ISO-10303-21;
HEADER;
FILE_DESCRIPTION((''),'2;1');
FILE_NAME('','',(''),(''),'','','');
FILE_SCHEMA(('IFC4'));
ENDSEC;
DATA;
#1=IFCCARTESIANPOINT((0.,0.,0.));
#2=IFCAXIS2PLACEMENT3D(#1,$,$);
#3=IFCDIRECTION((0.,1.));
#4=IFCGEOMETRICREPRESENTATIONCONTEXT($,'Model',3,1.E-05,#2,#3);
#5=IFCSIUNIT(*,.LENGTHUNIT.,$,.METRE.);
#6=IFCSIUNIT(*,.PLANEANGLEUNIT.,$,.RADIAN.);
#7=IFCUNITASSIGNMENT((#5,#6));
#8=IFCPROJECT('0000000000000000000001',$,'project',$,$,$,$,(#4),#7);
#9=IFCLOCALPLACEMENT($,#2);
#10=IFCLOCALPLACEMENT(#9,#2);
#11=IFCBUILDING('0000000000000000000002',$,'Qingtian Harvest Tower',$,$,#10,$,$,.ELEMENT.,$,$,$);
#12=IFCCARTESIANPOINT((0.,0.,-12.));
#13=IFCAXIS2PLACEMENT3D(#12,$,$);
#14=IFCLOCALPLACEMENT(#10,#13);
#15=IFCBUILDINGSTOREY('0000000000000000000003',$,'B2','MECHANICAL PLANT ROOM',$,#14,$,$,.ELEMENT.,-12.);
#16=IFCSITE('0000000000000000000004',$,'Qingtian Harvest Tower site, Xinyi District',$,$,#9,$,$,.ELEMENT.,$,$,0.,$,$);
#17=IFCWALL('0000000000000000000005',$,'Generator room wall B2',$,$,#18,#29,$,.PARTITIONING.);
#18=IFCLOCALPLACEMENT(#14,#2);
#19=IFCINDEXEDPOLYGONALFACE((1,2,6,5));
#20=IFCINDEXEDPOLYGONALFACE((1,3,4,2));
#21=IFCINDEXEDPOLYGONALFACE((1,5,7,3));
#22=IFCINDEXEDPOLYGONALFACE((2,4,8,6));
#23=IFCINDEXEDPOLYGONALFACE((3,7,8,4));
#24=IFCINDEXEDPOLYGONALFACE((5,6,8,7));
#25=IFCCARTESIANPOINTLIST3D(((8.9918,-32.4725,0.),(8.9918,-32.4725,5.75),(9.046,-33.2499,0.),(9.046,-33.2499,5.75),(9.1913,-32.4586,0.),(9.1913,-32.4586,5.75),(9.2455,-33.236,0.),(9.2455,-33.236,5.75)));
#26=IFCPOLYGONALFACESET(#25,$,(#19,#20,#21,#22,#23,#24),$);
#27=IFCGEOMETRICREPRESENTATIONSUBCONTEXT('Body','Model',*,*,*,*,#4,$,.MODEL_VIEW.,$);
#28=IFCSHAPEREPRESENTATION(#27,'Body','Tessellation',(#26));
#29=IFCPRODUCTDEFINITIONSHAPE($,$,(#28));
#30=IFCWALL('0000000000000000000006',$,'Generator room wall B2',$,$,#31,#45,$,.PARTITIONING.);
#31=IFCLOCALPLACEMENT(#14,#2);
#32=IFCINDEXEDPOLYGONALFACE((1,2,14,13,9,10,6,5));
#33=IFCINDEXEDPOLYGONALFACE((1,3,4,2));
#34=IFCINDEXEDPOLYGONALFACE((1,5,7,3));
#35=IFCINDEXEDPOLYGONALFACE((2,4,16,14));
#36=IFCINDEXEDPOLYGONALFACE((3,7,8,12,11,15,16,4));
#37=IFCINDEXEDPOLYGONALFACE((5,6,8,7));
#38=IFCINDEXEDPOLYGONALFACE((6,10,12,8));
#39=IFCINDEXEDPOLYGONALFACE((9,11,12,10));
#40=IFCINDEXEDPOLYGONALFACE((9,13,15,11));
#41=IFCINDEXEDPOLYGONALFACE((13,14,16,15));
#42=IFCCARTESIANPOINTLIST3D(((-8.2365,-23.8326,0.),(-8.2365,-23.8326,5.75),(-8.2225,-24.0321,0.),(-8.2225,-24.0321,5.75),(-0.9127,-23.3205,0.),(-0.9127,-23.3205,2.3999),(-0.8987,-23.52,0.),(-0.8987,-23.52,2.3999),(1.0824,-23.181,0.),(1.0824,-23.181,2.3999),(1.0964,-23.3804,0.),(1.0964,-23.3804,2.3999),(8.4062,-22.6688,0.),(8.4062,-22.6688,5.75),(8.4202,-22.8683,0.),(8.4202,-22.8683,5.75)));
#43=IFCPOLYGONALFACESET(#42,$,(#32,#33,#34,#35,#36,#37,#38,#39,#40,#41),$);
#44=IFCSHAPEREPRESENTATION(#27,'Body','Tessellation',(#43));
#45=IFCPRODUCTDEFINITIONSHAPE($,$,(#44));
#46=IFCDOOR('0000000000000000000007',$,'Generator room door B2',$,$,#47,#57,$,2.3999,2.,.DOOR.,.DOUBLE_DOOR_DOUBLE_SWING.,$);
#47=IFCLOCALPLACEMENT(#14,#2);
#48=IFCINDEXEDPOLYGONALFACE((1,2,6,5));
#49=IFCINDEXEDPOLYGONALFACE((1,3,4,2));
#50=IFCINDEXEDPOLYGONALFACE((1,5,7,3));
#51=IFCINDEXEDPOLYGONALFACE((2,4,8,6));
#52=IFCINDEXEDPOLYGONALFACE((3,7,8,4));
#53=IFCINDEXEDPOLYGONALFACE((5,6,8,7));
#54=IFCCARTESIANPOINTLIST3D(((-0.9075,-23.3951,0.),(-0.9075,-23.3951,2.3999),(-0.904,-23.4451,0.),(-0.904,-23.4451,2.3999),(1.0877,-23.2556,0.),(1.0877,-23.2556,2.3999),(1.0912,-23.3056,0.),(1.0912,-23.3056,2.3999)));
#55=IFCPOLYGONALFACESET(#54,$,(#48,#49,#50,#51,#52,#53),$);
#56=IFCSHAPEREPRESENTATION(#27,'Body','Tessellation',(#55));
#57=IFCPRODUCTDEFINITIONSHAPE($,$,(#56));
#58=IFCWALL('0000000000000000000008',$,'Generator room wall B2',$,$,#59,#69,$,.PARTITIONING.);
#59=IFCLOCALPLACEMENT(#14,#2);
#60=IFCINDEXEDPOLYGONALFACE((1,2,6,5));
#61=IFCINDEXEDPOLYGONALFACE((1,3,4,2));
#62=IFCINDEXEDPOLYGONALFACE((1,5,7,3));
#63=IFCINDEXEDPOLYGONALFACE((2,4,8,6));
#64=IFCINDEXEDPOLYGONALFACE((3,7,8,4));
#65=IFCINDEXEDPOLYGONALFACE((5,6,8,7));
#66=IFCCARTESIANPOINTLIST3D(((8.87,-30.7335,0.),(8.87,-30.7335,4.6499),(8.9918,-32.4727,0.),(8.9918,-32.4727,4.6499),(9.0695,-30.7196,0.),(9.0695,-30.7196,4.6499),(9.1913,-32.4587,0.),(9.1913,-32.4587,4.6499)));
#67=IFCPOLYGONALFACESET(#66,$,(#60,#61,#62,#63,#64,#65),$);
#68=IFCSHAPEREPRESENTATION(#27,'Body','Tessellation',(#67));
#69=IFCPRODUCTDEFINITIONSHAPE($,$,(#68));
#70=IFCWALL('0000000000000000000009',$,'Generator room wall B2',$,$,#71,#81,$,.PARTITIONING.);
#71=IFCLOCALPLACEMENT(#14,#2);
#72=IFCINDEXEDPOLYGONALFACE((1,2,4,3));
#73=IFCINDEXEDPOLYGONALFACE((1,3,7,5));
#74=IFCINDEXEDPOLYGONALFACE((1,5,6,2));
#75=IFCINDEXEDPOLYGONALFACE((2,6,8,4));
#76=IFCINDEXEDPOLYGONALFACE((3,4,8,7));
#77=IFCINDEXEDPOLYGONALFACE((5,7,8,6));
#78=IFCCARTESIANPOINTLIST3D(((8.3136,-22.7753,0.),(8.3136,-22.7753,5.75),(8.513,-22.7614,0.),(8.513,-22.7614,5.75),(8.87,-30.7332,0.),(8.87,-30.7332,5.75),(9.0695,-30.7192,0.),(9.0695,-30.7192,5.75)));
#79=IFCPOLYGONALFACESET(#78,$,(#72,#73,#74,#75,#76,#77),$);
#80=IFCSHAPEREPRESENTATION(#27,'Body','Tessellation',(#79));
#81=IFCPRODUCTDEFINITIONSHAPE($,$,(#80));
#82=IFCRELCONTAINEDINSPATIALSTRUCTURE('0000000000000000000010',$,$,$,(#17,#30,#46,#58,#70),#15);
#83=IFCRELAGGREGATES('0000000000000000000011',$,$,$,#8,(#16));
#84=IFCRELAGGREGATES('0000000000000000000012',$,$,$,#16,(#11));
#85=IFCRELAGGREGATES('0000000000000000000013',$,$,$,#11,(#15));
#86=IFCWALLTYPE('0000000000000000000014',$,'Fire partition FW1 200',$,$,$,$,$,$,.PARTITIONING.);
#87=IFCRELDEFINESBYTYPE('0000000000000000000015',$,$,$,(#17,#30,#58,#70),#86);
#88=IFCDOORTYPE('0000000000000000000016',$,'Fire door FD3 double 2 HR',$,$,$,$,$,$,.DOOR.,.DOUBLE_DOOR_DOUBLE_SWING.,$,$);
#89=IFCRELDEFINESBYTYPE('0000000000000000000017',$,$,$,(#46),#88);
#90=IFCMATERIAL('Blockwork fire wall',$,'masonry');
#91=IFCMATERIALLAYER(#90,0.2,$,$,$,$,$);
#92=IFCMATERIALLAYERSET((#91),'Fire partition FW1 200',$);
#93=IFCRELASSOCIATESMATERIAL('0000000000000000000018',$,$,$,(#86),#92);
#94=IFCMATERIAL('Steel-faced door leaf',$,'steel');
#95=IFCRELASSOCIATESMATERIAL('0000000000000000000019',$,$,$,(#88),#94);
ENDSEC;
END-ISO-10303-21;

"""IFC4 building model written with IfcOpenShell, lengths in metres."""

from ifc_helpers import new_model, si_unit, direction, frame, frame_2d, origin, place, context, subcontext, project, spatial, rectangle, extrude, material, layer, layer_set, type_object, element, fill, save


model = new_model("IFC4")

# Units and contexts
model_context = context("Model", 3, precision=1e-05, world=origin(), true_north=direction((0.0, 1.0)))
body_context = subcontext(model_context, "Body", "Model", "MODEL_VIEW")
ifc_project = project(units=[si_unit("LENGTHUNIT", "METRE"), si_unit("PLANEANGLEUNIT", "RADIAN")], contexts=[model_context])

# Site, building, storey
site_placement = place(None, origin())
site = spatial("IfcSite", under=ifc_project, at=site_placement, Name="Qingtian Harvest Tower site, Xinyi District", CompositionType="ELEMENT", RefElevation=0.0)
building_placement = place(site_placement, origin())
building = spatial("IfcBuilding", under=site, at=building_placement, Name="Qingtian Harvest Tower", CompositionType="ELEMENT")
storey_placement = place(building_placement, frame((0.0, 0.0, -12.0)))
storey = spatial("IfcBuildingStorey", under=building, at=storey_placement, Name="B2", Description="MECHANICAL PLANT ROOM", CompositionType="ELEMENT", Elevation=-12.0)

# Wall
ifc_material_1 = material(Name="Blockwork fire wall", Category="masonry")
ifc_layer = layer(ifc_material_1, 0.2)
ifc_layer_set = layer_set([ifc_layer], Name="Fire partition FW1 200")
wall_type = type_object("IfcWallType", Name="Fire partition FW1 200", PredefinedType="PARTITIONING", material=ifc_layer_set)
wall_1_placement = place(storey_placement, frame((9.1458, -33.2429, 0.0), z_axis=(0.0, 0.0, 1.0), x_axis=(-0.069555, 0.997578, 0.0)))
element("IfcWall", 1, at=wall_1_placement, inside=storey, type_object=wall_type, Name="Generator room wall B2", PredefinedType="PARTITIONING", context=body_context, shape_type="SweptSolid", body=[
    extrude(rectangle(XDim=0.7793, YDim=0.2, at=frame_2d((0.3896, 0.0))), origin(), (0.0, 0.0, 1.0), 5.75),
])

# Wall, opening, door
wall_2_placement = place(storey_placement, frame((8.4133, -22.7686, 0.0), z_axis=(0.0, 0.0, 1.0), x_axis=(-0.997564, -0.069759, 0.0)))
wall_2 = element("IfcWall", 2, at=wall_2_placement, inside=storey, type_object=wall_type, Name="Generator room wall B2", PredefinedType="PARTITIONING", context=body_context, shape_type="SweptSolid", body=[
    extrude(rectangle(XDim=16.6833, YDim=0.2, at=frame_2d((8.3418, 0.0))), origin(), (0.0, 0.0, 1.0), 5.75),
])
opening_placement = place(wall_2_placement, frame((7.3418, 0.0, 0.0)))
opening = element("IfcOpeningElement", 3, at=opening_placement, cuts=wall_2, PredefinedType="OPENING", context=body_context, shape_type="SweptSolid", body=[
    extrude(rectangle(XDim=2.0, YDim=2.3999, at=frame_2d((1.0, 1.2))), frame((0.0, 0.1099, 0.0), z_axis=(0.0, -1.0, 0.0), x_axis=(1.0, 0.0, 0.0)), (0.0, 0.0, 1.0), 0.22),
])
ifc_material_2 = material(Name="Steel-faced door leaf", Category="steel")
door_type = type_object("IfcDoorType", Name="Fire door FD3 double 2 HR", OperationType="DOUBLE_DOOR_DOUBLE_SWING", PredefinedType="DOOR", material=ifc_material_2)
door_placement = place(opening_placement, origin())
door = element("IfcDoor", 4, at=door_placement, inside=storey, type_object=door_type, Name="Generator room door B2", OperationType="DOUBLE_DOOR_DOUBLE_SWING", OverallHeight=2.3999, OverallWidth=2.0, PredefinedType="DOOR", context=body_context, shape_type="SweptSolid", body=[
    extrude(rectangle(XDim=2.0, YDim=2.3999, at=frame_2d((1.0, 1.2))), frame((0.0, 0.0249, 0.0), z_axis=(0.0, -1.0, 0.0), x_axis=(1.0, 0.0, 0.0)), (0.0, 0.0, 1.0), 0.05),
])
fill(opening, door)

# Walls
wall_3_placement = place(storey_placement, frame((9.0916, -32.4656, 0.0), z_axis=(0.0, 0.0, 1.0), x_axis=(-0.069874, 0.997556, 0.0)))
element("IfcWall", 5, at=wall_3_placement, inside=storey, type_object=wall_type, Name="Generator room wall B2", PredefinedType="PARTITIONING", context=body_context, shape_type="SweptSolid", body=[
    extrude(rectangle(XDim=1.7434, YDim=0.2, at=frame_2d((0.8716, 0.0))), origin(), (0.0, 0.0, 1.0), 4.6499),
])
wall_4_placement = place(storey_placement, frame((8.9697, -30.7263, 0.0), z_axis=(0.0, 0.0, 1.0), x_axis=(-0.069748, 0.997565, 0.0)))
element("IfcWall", 6, at=wall_4_placement, inside=storey, type_object=wall_type, Name="Generator room wall B2", PredefinedType="PARTITIONING", context=body_context, shape_type="SweptSolid", body=[
    extrude(rectangle(XDim=7.9773, YDim=0.2, at=frame_2d((3.9888, 0.0))), origin(), (0.0, 0.0, 1.0), 5.75),
])

save(model, "model.ifc")
